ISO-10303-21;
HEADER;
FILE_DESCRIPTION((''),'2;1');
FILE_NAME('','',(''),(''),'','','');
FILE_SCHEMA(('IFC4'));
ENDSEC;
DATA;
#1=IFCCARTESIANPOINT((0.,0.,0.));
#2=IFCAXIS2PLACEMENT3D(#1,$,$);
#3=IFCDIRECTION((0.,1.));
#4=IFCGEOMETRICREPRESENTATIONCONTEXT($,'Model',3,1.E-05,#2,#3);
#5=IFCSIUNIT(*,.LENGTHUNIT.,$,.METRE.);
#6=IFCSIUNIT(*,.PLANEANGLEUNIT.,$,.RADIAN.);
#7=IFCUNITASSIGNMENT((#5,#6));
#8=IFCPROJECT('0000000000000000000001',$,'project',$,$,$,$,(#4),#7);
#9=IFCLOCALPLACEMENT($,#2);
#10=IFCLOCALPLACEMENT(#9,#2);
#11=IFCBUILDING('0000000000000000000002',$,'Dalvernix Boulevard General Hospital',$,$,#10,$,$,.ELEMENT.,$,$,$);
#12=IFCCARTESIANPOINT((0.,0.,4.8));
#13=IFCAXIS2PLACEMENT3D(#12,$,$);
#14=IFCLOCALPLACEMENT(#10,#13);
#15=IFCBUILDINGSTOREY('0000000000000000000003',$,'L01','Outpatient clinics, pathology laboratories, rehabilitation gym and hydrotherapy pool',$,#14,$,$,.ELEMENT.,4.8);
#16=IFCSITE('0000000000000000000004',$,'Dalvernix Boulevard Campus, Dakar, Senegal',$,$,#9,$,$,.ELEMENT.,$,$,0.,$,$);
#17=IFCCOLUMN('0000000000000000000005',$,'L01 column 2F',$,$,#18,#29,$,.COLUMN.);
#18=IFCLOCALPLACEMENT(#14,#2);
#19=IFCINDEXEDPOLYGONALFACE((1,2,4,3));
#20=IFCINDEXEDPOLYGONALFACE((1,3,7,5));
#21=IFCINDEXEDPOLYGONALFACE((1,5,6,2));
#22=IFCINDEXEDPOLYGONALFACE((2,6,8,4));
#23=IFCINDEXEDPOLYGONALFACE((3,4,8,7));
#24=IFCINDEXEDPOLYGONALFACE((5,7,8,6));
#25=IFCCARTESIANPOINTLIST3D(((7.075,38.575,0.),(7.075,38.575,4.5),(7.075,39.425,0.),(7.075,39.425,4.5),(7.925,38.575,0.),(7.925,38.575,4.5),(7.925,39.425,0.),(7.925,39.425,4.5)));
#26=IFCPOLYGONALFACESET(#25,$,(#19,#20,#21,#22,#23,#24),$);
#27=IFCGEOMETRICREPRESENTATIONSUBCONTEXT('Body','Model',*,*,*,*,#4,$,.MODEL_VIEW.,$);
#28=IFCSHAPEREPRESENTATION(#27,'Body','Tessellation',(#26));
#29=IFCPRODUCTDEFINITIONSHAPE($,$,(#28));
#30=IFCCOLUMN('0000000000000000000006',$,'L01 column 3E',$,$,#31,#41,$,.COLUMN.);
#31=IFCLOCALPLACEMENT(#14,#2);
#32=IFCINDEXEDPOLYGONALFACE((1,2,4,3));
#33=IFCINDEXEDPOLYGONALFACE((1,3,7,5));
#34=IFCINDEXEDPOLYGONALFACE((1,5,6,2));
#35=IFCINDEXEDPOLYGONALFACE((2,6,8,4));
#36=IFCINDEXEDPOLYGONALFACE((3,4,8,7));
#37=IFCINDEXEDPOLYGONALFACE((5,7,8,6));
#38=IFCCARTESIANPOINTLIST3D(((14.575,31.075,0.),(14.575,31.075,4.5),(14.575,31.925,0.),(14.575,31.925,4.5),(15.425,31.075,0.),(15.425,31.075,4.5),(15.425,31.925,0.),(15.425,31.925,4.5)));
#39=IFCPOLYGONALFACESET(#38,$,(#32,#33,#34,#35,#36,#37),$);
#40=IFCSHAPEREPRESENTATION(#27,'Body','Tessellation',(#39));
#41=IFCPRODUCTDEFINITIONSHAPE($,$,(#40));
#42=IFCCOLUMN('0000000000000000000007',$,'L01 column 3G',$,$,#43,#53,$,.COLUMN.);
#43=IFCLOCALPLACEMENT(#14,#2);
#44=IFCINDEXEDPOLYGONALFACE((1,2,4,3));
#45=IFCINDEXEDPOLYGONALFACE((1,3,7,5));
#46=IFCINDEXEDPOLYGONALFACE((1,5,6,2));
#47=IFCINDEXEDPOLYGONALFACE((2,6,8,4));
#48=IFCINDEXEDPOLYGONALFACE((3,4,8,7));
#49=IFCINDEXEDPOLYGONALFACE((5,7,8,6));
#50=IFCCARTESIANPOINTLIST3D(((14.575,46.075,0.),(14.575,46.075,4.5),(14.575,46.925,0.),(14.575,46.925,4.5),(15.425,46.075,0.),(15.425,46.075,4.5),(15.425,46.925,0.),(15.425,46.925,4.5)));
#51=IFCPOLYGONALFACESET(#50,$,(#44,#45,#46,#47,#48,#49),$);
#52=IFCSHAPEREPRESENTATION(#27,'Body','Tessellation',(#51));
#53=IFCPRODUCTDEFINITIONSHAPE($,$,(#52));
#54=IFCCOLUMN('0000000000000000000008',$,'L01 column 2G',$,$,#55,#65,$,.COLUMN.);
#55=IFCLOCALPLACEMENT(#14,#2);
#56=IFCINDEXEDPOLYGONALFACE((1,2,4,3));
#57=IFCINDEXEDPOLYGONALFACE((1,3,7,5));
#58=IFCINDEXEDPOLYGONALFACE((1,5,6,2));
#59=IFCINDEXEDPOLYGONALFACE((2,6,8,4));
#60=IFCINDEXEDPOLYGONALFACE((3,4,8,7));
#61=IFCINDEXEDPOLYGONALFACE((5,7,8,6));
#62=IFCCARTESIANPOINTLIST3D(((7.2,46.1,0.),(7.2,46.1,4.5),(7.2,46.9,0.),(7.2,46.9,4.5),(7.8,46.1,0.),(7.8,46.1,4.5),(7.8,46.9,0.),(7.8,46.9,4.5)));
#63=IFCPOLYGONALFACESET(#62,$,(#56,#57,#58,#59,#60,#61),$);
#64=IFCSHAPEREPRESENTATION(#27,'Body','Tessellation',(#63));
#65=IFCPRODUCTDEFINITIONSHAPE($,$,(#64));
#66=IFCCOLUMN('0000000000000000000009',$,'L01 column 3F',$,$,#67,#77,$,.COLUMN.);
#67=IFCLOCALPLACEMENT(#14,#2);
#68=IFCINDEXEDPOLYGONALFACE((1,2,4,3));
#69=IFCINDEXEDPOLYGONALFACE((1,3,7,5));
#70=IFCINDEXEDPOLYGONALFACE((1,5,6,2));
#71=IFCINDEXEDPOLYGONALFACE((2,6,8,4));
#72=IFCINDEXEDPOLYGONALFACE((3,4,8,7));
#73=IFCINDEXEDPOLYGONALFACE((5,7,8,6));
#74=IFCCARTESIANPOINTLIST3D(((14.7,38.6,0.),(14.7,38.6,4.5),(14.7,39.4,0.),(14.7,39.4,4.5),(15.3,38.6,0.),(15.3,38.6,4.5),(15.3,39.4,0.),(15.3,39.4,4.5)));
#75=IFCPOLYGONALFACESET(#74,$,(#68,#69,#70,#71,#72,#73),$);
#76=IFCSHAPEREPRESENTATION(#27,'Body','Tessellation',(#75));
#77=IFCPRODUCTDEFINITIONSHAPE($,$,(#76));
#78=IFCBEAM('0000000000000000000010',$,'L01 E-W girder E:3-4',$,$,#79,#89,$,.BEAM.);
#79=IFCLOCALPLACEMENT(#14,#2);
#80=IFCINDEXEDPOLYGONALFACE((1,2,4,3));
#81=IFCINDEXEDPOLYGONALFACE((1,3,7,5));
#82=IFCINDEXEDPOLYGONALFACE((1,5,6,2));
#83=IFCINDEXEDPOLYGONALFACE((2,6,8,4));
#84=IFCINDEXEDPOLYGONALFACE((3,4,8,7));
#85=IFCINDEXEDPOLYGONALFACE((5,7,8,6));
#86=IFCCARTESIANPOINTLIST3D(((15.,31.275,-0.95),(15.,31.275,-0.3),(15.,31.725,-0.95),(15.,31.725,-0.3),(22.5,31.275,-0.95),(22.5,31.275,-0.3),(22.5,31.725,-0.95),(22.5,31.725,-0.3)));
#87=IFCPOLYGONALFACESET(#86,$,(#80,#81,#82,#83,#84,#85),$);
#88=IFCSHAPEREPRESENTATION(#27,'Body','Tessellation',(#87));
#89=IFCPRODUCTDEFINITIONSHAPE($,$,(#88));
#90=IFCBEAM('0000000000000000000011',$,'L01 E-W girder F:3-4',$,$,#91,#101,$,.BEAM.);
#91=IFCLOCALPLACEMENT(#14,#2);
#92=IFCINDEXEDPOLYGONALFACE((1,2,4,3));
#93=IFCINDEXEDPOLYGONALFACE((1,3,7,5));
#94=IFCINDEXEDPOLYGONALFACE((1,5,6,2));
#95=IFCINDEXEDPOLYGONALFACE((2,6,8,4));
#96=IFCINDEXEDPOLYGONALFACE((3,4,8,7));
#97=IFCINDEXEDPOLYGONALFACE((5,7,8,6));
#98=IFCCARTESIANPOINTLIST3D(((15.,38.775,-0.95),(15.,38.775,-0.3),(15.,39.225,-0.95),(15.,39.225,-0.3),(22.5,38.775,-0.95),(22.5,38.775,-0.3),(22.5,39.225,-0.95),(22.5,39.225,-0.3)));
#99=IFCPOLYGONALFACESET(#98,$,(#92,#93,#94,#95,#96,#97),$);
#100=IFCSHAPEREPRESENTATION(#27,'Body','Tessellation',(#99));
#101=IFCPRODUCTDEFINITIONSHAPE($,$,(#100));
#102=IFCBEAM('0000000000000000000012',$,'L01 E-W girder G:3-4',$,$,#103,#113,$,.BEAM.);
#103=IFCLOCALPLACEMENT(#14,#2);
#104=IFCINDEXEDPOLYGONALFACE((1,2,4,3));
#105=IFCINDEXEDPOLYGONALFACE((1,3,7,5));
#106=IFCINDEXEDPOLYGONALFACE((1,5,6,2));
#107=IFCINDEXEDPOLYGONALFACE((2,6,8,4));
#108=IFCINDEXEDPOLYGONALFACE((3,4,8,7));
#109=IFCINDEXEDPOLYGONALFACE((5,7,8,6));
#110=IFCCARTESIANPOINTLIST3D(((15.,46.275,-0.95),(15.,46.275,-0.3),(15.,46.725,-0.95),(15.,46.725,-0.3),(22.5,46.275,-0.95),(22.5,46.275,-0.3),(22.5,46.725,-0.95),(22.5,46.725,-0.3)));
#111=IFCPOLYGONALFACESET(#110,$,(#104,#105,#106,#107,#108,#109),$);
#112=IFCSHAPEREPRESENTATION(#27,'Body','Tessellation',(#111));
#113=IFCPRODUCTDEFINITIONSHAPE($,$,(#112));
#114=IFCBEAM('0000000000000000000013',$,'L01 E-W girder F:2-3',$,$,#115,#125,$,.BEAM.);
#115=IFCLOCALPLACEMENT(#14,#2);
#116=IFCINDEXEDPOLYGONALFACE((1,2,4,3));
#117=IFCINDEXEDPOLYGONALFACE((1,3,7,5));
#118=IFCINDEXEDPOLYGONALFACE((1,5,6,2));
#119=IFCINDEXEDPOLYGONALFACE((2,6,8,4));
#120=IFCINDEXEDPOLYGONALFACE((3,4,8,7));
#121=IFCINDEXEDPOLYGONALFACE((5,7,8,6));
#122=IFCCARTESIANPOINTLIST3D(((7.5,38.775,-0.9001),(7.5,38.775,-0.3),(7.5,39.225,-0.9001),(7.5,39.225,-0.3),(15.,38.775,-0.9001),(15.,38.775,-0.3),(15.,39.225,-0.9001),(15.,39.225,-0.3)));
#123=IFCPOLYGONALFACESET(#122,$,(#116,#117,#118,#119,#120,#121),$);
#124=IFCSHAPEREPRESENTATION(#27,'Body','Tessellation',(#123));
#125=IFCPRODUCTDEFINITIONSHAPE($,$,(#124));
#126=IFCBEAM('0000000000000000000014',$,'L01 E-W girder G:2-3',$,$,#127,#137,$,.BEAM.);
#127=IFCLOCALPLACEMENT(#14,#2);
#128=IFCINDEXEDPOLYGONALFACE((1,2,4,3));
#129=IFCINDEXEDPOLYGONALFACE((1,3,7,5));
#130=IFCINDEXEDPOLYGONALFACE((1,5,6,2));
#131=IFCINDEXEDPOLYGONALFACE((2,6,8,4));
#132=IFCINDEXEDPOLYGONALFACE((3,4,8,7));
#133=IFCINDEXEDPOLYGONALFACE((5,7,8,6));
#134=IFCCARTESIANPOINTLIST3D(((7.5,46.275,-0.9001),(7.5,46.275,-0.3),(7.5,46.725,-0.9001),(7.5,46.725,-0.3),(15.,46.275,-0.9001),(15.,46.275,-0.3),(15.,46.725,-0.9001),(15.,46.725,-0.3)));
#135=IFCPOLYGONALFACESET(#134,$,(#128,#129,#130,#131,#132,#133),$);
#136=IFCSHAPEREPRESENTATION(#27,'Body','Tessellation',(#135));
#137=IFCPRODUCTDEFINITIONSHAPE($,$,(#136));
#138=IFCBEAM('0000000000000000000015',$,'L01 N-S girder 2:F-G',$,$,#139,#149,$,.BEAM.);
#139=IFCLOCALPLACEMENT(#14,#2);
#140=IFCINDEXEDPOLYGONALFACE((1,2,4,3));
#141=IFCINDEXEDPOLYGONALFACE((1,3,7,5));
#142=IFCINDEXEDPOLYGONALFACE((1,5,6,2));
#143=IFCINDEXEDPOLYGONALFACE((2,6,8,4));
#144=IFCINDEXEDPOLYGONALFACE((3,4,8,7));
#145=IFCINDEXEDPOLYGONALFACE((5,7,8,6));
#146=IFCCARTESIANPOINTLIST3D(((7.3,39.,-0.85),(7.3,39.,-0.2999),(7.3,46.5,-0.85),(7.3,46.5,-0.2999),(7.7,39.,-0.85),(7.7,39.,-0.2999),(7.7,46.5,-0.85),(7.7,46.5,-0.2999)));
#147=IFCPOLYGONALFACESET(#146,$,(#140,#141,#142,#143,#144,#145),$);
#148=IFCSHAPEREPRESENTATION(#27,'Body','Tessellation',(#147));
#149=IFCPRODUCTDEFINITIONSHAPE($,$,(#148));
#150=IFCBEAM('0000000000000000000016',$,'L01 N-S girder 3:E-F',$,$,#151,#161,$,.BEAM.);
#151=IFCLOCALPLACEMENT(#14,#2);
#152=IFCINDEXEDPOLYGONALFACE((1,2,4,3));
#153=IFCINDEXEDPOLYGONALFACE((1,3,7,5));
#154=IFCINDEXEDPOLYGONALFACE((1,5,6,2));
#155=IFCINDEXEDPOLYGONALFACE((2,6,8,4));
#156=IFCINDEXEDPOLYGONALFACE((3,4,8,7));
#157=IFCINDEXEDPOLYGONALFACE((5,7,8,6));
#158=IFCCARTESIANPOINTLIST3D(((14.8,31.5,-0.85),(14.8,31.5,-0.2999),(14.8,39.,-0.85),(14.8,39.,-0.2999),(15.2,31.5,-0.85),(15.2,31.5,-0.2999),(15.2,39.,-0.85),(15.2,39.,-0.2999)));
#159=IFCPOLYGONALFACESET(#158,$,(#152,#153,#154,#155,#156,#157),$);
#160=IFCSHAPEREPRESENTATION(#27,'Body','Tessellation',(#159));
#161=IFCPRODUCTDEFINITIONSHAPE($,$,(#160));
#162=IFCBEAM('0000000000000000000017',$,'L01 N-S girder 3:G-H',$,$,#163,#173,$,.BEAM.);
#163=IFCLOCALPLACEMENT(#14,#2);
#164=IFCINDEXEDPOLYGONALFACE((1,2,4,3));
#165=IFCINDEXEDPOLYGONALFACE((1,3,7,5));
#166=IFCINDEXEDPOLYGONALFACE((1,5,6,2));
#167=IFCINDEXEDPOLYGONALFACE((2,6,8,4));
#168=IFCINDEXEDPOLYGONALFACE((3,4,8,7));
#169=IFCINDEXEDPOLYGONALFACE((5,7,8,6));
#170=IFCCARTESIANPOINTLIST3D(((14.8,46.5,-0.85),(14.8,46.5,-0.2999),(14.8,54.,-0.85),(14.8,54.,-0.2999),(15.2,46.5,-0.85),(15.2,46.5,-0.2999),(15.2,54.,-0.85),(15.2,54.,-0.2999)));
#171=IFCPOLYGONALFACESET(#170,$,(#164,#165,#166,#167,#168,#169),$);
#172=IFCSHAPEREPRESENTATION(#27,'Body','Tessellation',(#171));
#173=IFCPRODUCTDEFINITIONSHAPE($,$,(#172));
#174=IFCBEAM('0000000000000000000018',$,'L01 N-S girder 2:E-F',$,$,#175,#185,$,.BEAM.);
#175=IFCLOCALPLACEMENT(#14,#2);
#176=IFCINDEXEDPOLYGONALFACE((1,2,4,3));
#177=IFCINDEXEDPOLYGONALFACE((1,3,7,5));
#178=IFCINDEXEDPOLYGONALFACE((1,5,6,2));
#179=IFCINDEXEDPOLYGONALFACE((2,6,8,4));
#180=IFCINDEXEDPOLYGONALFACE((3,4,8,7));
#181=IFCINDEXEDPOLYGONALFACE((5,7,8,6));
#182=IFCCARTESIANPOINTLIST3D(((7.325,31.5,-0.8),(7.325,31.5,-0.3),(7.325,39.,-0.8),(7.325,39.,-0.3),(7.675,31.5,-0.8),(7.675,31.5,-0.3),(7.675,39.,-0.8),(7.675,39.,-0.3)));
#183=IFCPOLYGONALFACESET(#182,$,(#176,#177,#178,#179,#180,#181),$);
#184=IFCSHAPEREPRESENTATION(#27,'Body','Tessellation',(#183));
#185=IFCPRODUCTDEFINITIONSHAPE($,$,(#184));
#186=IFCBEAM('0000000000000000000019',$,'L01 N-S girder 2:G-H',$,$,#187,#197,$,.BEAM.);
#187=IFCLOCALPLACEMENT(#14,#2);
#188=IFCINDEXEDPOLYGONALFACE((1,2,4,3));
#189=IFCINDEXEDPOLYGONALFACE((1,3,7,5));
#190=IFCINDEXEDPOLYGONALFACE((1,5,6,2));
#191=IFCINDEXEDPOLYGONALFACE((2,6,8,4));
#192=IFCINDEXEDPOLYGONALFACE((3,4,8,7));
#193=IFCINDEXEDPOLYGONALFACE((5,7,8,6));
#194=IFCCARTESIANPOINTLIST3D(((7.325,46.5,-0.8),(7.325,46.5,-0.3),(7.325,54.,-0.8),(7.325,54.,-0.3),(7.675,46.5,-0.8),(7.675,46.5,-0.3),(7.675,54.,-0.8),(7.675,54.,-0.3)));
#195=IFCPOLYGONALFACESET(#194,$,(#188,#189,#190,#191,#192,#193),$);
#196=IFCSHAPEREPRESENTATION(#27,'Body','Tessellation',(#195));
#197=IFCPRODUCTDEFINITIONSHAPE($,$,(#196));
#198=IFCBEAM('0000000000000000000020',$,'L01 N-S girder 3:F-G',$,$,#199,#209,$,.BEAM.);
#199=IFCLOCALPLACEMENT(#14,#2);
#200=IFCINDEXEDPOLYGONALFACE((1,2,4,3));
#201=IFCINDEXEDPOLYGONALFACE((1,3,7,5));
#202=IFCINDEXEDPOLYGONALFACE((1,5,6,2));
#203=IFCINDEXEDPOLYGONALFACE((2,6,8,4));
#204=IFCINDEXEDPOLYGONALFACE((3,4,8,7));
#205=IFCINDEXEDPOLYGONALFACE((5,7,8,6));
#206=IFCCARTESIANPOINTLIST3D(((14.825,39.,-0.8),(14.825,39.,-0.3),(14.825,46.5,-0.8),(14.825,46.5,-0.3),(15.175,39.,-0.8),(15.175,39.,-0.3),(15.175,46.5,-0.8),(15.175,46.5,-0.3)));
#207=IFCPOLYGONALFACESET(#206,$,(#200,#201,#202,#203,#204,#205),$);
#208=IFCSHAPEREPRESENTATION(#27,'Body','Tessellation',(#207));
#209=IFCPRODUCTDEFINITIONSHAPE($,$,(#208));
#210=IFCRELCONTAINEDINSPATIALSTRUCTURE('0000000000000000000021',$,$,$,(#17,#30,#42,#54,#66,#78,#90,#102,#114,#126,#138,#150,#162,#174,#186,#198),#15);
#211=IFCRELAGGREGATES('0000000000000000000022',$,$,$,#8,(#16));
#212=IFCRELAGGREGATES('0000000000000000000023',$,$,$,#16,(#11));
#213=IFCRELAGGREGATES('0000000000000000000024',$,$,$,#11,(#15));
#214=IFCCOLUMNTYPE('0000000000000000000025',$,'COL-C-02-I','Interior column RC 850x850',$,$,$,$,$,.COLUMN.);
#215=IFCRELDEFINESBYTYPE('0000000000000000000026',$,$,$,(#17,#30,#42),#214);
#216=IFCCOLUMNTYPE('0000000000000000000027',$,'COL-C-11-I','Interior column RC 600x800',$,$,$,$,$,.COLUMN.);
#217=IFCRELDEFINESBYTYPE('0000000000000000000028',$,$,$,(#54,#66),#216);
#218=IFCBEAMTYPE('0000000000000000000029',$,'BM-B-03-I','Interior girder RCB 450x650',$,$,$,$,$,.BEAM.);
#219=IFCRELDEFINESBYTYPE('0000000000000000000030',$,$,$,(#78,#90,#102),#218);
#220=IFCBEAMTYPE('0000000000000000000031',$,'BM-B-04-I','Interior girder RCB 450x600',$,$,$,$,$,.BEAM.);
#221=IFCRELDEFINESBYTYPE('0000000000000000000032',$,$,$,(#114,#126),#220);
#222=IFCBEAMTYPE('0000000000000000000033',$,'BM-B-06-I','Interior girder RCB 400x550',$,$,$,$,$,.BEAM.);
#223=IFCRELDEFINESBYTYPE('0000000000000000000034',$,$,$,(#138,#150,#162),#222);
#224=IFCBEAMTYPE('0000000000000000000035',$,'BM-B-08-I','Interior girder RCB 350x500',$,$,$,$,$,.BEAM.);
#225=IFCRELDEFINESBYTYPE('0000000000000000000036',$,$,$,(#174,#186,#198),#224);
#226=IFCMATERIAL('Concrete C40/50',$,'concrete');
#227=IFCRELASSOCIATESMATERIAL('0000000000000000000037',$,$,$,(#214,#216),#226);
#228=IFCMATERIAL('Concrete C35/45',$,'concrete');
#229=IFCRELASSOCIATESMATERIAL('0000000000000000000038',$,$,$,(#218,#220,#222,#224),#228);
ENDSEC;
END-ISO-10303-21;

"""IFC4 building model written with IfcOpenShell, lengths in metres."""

from ifc_helpers import new_model, si_unit, direction, frame, origin, origin_2d, place, context, subcontext, project, spatial, rectangle, extrude, material, material_profile, profile_set, type_object, element, save


model = new_model("IFC4")

# Units and contexts
model_context = context("Model", 3, precision=1e-05, world=origin(), true_north=direction((0.0, 1.0)))
body_context = subcontext(model_context, "Body", "Model", "MODEL_VIEW")
ifc_project = project(units=[si_unit("LENGTHUNIT", "METRE"), si_unit("PLANEANGLEUNIT", "RADIAN")], contexts=[model_context])

# Site, building, storey
site_placement = place(None, origin())
site = spatial("IfcSite", under=ifc_project, at=site_placement, Name="Dalvernix Boulevard Campus, Dakar, Senegal", CompositionType="ELEMENT", RefElevation=0.0)
building_placement = place(site_placement, origin())
building = spatial("IfcBuilding", under=site, at=building_placement, Name="Dalvernix Boulevard General Hospital", CompositionType="ELEMENT")
storey_placement = place(building_placement, frame((0.0, 0.0, 4.8)))
storey = spatial("IfcBuildingStorey", under=building, at=storey_placement, Name="L01", Description="Outpatient clinics, pathology laboratories, rehabilitation gym and hydrotherapy pool", CompositionType="ELEMENT", Elevation=4.8)

# Columns
ifc_material_1 = material(Name="Concrete C40/50", Category="concrete")
ifc_material_profile_1 = material_profile(ifc_material_1, rectangle(XDim=0.8501, YDim=0.8501, at=origin_2d()), Name="RC 850x850")
ifc_profile_set_1 = profile_set([ifc_material_profile_1], Name="Concrete C40/50")
column_type_1 = type_object("IfcColumnType", Name="COL-C-02-I", Description="Interior column RC 850x850", PredefinedType="COLUMN", material=ifc_profile_set_1)
for number, where, z_axis, x_axis, name in (
    (1, (7.5, 39.0, 0.0), (0.0, 0.0, 1.0), (1.0, 0.0, 0.0), "L01 column 2F"),
    (2, (15.0, 31.5, 0.0), (0.0, 0.0, 1.0), (1.0, 0.0, 0.0), "L01 column 3E"),
    (3, (15.0, 46.5, 0.0), (0.0, 0.0, 1.0), (1.0, 0.0, 0.0), "L01 column 3G"),
):
    element("IfcColumn", number, at=place(storey_placement, frame(where, z_axis=z_axis, x_axis=x_axis)), inside=storey, type_object=column_type_1, Name=name, PredefinedType="COLUMN", context=body_context, shape_type="SweptSolid", body=[
        extrude(rectangle(XDim=0.8501, YDim=0.8501, at=origin_2d()), origin(), (0.0, 0.0, 1.0), 4.5),
    ])
ifc_material_profile_2 = material_profile(ifc_material_1, rectangle(XDim=0.6001, YDim=0.8, at=origin_2d()), Name="RC 600x800")
ifc_profile_set_2 = profile_set([ifc_material_profile_2], Name="Concrete C40/50")
column_type_2 = type_object("IfcColumnType", Name="COL-C-11-I", Description="Interior column RC 600x800", PredefinedType="COLUMN", material=ifc_profile_set_2)
for number, where, z_axis, x_axis, name in (
    (4, (7.5, 46.5, 0.0), (0.0, 0.0, 1.0), (1.0, 0.0, 0.0), "L01 column 2G"),
    (5, (15.0, 39.0, 0.0), (0.0, 0.0, 1.0), (1.0, 0.0, 0.0), "L01 column 3F"),
):
    element("IfcColumn", number, at=place(storey_placement, frame(where, z_axis=z_axis, x_axis=x_axis)), inside=storey, type_object=column_type_2, Name=name, PredefinedType="COLUMN", context=body_context, shape_type="SweptSolid", body=[
        extrude(rectangle(XDim=0.6001, YDim=0.8, at=origin_2d()), origin(), (0.0, 0.0, 1.0), 4.5),
    ])

# Beams
ifc_material_2 = material(Name="Concrete C35/45", Category="concrete")
ifc_material_profile_3 = material_profile(ifc_material_2, rectangle(XDim=0.45, YDim=0.6499, at=origin_2d()), Name="RCB 450x650")
ifc_profile_set_3 = profile_set([ifc_material_profile_3], Name="Concrete C35/45")
beam_type_1 = type_object("IfcBeamType", Name="BM-B-03-I", Description="Interior girder RCB 450x650", PredefinedType="BEAM", material=ifc_profile_set_3)
for number, where, z_axis, x_axis, name in (
    (6, (15.0, 31.5, -0.625), (1.0, 0.0, 0.0), (0.0, 1.0, 0.0), "L01 E-W girder E:3-4"),
    (7, (15.0, 39.0, -0.625), (1.0, 0.0, 0.0), (0.0, 1.0, 0.0), "L01 E-W girder F:3-4"),
    (8, (15.0, 46.5, -0.625), (1.0, 0.0, 0.0), (0.0, 1.0, 0.0), "L01 E-W girder G:3-4"),
):
    element("IfcBeam", number, at=place(storey_placement, frame(where, z_axis=z_axis, x_axis=x_axis)), inside=storey, type_object=beam_type_1, Name=name, PredefinedType="BEAM", context=body_context, shape_type="SweptSolid", body=[
        extrude(rectangle(XDim=0.45, YDim=0.6499, at=origin_2d()), origin(), (0.0, 0.0, 1.0), 7.5),
    ])
ifc_material_profile_4 = material_profile(ifc_material_2, rectangle(XDim=0.45, YDim=0.6001, at=origin_2d()), Name="RCB 450x600")
ifc_profile_set_4 = profile_set([ifc_material_profile_4], Name="Concrete C35/45")
beam_type_2 = type_object("IfcBeamType", Name="BM-B-04-I", Description="Interior girder RCB 450x600", PredefinedType="BEAM", material=ifc_profile_set_4)
for number, where, z_axis, x_axis, name in (
    (9, (7.5, 39.0, -0.6001), (1.0, 0.0, 0.0), (0.0, 1.0, 0.0), "L01 E-W girder F:2-3"),
    (10, (7.5, 46.5, -0.6001), (1.0, 0.0, 0.0), (0.0, 1.0, 0.0), "L01 E-W girder G:2-3"),
):
    element("IfcBeam", number, at=place(storey_placement, frame(where, z_axis=z_axis, x_axis=x_axis)), inside=storey, type_object=beam_type_2, Name=name, PredefinedType="BEAM", context=body_context, shape_type="SweptSolid", body=[
        extrude(rectangle(XDim=0.45, YDim=0.6001, at=origin_2d()), origin(), (0.0, 0.0, 1.0), 7.5),
    ])
ifc_material_profile_5 = material_profile(ifc_material_2, rectangle(XDim=0.3999, YDim=0.55, at=origin_2d()), Name="RCB 400x550")
ifc_profile_set_5 = profile_set([ifc_material_profile_5], Name="Concrete C35/45")
beam_type_3 = type_object("IfcBeamType", Name="BM-B-06-I", Description="Interior girder RCB 400x550", PredefinedType="BEAM", material=ifc_profile_set_5)
for number, where, z_axis, x_axis, name in (
    (11, (7.5, 39.0, -0.575), (0.0, 1.0, 0.0), (-1.0, 0.0, 0.0), "L01 N-S girder 2:F-G"),
    (12, (15.0, 31.5, -0.575), (0.0, 1.0, 0.0), (-1.0, 0.0, 0.0), "L01 N-S girder 3:E-F"),
    (13, (15.0, 46.5, -0.575), (0.0, 1.0, 0.0), (-1.0, 0.0, 0.0), "L01 N-S girder 3:G-H"),
):
    element("IfcBeam", number, at=place(storey_placement, frame(where, z_axis=z_axis, x_axis=x_axis)), inside=storey, type_object=beam_type_3, Name=name, PredefinedType="BEAM", context=body_context, shape_type="SweptSolid", body=[
        extrude(rectangle(XDim=0.3999, YDim=0.55, at=origin_2d()), origin(), (0.0, 0.0, 1.0), 7.5),
    ])
ifc_material_profile_6 = material_profile(ifc_material_2, rectangle(XDim=0.3501, YDim=0.5, at=origin_2d()), Name="RCB 350x500")
ifc_profile_set_6 = profile_set([ifc_material_profile_6], Name="Concrete C35/45")
beam_type_4 = type_object("IfcBeamType", Name="BM-B-08-I", Description="Interior girder RCB 350x500", PredefinedType="BEAM", material=ifc_profile_set_6)
for number, where, z_axis, x_axis, name in (
    (14, (7.5, 31.5, -0.55), (0.0, 1.0, 0.0), (-1.0, 0.0, 0.0), "L01 N-S girder 2:E-F"),
    (15, (7.5, 46.5, -0.55), (0.0, 1.0, 0.0), (-1.0, 0.0, 0.0), "L01 N-S girder 2:G-H"),
    (16, (15.0, 39.0, -0.55), (0.0, 1.0, 0.0), (-1.0, 0.0, 0.0), "L01 N-S girder 3:F-G"),
):
    element("IfcBeam", number, at=place(storey_placement, frame(where, z_axis=z_axis, x_axis=x_axis)), inside=storey, type_object=beam_type_4, Name=name, PredefinedType="BEAM", context=body_context, shape_type="SweptSolid", body=[
        extrude(rectangle(XDim=0.3501, YDim=0.5, at=origin_2d()), origin(), (0.0, 0.0, 1.0), 7.5),
    ])

save(model, "model.ifc")
